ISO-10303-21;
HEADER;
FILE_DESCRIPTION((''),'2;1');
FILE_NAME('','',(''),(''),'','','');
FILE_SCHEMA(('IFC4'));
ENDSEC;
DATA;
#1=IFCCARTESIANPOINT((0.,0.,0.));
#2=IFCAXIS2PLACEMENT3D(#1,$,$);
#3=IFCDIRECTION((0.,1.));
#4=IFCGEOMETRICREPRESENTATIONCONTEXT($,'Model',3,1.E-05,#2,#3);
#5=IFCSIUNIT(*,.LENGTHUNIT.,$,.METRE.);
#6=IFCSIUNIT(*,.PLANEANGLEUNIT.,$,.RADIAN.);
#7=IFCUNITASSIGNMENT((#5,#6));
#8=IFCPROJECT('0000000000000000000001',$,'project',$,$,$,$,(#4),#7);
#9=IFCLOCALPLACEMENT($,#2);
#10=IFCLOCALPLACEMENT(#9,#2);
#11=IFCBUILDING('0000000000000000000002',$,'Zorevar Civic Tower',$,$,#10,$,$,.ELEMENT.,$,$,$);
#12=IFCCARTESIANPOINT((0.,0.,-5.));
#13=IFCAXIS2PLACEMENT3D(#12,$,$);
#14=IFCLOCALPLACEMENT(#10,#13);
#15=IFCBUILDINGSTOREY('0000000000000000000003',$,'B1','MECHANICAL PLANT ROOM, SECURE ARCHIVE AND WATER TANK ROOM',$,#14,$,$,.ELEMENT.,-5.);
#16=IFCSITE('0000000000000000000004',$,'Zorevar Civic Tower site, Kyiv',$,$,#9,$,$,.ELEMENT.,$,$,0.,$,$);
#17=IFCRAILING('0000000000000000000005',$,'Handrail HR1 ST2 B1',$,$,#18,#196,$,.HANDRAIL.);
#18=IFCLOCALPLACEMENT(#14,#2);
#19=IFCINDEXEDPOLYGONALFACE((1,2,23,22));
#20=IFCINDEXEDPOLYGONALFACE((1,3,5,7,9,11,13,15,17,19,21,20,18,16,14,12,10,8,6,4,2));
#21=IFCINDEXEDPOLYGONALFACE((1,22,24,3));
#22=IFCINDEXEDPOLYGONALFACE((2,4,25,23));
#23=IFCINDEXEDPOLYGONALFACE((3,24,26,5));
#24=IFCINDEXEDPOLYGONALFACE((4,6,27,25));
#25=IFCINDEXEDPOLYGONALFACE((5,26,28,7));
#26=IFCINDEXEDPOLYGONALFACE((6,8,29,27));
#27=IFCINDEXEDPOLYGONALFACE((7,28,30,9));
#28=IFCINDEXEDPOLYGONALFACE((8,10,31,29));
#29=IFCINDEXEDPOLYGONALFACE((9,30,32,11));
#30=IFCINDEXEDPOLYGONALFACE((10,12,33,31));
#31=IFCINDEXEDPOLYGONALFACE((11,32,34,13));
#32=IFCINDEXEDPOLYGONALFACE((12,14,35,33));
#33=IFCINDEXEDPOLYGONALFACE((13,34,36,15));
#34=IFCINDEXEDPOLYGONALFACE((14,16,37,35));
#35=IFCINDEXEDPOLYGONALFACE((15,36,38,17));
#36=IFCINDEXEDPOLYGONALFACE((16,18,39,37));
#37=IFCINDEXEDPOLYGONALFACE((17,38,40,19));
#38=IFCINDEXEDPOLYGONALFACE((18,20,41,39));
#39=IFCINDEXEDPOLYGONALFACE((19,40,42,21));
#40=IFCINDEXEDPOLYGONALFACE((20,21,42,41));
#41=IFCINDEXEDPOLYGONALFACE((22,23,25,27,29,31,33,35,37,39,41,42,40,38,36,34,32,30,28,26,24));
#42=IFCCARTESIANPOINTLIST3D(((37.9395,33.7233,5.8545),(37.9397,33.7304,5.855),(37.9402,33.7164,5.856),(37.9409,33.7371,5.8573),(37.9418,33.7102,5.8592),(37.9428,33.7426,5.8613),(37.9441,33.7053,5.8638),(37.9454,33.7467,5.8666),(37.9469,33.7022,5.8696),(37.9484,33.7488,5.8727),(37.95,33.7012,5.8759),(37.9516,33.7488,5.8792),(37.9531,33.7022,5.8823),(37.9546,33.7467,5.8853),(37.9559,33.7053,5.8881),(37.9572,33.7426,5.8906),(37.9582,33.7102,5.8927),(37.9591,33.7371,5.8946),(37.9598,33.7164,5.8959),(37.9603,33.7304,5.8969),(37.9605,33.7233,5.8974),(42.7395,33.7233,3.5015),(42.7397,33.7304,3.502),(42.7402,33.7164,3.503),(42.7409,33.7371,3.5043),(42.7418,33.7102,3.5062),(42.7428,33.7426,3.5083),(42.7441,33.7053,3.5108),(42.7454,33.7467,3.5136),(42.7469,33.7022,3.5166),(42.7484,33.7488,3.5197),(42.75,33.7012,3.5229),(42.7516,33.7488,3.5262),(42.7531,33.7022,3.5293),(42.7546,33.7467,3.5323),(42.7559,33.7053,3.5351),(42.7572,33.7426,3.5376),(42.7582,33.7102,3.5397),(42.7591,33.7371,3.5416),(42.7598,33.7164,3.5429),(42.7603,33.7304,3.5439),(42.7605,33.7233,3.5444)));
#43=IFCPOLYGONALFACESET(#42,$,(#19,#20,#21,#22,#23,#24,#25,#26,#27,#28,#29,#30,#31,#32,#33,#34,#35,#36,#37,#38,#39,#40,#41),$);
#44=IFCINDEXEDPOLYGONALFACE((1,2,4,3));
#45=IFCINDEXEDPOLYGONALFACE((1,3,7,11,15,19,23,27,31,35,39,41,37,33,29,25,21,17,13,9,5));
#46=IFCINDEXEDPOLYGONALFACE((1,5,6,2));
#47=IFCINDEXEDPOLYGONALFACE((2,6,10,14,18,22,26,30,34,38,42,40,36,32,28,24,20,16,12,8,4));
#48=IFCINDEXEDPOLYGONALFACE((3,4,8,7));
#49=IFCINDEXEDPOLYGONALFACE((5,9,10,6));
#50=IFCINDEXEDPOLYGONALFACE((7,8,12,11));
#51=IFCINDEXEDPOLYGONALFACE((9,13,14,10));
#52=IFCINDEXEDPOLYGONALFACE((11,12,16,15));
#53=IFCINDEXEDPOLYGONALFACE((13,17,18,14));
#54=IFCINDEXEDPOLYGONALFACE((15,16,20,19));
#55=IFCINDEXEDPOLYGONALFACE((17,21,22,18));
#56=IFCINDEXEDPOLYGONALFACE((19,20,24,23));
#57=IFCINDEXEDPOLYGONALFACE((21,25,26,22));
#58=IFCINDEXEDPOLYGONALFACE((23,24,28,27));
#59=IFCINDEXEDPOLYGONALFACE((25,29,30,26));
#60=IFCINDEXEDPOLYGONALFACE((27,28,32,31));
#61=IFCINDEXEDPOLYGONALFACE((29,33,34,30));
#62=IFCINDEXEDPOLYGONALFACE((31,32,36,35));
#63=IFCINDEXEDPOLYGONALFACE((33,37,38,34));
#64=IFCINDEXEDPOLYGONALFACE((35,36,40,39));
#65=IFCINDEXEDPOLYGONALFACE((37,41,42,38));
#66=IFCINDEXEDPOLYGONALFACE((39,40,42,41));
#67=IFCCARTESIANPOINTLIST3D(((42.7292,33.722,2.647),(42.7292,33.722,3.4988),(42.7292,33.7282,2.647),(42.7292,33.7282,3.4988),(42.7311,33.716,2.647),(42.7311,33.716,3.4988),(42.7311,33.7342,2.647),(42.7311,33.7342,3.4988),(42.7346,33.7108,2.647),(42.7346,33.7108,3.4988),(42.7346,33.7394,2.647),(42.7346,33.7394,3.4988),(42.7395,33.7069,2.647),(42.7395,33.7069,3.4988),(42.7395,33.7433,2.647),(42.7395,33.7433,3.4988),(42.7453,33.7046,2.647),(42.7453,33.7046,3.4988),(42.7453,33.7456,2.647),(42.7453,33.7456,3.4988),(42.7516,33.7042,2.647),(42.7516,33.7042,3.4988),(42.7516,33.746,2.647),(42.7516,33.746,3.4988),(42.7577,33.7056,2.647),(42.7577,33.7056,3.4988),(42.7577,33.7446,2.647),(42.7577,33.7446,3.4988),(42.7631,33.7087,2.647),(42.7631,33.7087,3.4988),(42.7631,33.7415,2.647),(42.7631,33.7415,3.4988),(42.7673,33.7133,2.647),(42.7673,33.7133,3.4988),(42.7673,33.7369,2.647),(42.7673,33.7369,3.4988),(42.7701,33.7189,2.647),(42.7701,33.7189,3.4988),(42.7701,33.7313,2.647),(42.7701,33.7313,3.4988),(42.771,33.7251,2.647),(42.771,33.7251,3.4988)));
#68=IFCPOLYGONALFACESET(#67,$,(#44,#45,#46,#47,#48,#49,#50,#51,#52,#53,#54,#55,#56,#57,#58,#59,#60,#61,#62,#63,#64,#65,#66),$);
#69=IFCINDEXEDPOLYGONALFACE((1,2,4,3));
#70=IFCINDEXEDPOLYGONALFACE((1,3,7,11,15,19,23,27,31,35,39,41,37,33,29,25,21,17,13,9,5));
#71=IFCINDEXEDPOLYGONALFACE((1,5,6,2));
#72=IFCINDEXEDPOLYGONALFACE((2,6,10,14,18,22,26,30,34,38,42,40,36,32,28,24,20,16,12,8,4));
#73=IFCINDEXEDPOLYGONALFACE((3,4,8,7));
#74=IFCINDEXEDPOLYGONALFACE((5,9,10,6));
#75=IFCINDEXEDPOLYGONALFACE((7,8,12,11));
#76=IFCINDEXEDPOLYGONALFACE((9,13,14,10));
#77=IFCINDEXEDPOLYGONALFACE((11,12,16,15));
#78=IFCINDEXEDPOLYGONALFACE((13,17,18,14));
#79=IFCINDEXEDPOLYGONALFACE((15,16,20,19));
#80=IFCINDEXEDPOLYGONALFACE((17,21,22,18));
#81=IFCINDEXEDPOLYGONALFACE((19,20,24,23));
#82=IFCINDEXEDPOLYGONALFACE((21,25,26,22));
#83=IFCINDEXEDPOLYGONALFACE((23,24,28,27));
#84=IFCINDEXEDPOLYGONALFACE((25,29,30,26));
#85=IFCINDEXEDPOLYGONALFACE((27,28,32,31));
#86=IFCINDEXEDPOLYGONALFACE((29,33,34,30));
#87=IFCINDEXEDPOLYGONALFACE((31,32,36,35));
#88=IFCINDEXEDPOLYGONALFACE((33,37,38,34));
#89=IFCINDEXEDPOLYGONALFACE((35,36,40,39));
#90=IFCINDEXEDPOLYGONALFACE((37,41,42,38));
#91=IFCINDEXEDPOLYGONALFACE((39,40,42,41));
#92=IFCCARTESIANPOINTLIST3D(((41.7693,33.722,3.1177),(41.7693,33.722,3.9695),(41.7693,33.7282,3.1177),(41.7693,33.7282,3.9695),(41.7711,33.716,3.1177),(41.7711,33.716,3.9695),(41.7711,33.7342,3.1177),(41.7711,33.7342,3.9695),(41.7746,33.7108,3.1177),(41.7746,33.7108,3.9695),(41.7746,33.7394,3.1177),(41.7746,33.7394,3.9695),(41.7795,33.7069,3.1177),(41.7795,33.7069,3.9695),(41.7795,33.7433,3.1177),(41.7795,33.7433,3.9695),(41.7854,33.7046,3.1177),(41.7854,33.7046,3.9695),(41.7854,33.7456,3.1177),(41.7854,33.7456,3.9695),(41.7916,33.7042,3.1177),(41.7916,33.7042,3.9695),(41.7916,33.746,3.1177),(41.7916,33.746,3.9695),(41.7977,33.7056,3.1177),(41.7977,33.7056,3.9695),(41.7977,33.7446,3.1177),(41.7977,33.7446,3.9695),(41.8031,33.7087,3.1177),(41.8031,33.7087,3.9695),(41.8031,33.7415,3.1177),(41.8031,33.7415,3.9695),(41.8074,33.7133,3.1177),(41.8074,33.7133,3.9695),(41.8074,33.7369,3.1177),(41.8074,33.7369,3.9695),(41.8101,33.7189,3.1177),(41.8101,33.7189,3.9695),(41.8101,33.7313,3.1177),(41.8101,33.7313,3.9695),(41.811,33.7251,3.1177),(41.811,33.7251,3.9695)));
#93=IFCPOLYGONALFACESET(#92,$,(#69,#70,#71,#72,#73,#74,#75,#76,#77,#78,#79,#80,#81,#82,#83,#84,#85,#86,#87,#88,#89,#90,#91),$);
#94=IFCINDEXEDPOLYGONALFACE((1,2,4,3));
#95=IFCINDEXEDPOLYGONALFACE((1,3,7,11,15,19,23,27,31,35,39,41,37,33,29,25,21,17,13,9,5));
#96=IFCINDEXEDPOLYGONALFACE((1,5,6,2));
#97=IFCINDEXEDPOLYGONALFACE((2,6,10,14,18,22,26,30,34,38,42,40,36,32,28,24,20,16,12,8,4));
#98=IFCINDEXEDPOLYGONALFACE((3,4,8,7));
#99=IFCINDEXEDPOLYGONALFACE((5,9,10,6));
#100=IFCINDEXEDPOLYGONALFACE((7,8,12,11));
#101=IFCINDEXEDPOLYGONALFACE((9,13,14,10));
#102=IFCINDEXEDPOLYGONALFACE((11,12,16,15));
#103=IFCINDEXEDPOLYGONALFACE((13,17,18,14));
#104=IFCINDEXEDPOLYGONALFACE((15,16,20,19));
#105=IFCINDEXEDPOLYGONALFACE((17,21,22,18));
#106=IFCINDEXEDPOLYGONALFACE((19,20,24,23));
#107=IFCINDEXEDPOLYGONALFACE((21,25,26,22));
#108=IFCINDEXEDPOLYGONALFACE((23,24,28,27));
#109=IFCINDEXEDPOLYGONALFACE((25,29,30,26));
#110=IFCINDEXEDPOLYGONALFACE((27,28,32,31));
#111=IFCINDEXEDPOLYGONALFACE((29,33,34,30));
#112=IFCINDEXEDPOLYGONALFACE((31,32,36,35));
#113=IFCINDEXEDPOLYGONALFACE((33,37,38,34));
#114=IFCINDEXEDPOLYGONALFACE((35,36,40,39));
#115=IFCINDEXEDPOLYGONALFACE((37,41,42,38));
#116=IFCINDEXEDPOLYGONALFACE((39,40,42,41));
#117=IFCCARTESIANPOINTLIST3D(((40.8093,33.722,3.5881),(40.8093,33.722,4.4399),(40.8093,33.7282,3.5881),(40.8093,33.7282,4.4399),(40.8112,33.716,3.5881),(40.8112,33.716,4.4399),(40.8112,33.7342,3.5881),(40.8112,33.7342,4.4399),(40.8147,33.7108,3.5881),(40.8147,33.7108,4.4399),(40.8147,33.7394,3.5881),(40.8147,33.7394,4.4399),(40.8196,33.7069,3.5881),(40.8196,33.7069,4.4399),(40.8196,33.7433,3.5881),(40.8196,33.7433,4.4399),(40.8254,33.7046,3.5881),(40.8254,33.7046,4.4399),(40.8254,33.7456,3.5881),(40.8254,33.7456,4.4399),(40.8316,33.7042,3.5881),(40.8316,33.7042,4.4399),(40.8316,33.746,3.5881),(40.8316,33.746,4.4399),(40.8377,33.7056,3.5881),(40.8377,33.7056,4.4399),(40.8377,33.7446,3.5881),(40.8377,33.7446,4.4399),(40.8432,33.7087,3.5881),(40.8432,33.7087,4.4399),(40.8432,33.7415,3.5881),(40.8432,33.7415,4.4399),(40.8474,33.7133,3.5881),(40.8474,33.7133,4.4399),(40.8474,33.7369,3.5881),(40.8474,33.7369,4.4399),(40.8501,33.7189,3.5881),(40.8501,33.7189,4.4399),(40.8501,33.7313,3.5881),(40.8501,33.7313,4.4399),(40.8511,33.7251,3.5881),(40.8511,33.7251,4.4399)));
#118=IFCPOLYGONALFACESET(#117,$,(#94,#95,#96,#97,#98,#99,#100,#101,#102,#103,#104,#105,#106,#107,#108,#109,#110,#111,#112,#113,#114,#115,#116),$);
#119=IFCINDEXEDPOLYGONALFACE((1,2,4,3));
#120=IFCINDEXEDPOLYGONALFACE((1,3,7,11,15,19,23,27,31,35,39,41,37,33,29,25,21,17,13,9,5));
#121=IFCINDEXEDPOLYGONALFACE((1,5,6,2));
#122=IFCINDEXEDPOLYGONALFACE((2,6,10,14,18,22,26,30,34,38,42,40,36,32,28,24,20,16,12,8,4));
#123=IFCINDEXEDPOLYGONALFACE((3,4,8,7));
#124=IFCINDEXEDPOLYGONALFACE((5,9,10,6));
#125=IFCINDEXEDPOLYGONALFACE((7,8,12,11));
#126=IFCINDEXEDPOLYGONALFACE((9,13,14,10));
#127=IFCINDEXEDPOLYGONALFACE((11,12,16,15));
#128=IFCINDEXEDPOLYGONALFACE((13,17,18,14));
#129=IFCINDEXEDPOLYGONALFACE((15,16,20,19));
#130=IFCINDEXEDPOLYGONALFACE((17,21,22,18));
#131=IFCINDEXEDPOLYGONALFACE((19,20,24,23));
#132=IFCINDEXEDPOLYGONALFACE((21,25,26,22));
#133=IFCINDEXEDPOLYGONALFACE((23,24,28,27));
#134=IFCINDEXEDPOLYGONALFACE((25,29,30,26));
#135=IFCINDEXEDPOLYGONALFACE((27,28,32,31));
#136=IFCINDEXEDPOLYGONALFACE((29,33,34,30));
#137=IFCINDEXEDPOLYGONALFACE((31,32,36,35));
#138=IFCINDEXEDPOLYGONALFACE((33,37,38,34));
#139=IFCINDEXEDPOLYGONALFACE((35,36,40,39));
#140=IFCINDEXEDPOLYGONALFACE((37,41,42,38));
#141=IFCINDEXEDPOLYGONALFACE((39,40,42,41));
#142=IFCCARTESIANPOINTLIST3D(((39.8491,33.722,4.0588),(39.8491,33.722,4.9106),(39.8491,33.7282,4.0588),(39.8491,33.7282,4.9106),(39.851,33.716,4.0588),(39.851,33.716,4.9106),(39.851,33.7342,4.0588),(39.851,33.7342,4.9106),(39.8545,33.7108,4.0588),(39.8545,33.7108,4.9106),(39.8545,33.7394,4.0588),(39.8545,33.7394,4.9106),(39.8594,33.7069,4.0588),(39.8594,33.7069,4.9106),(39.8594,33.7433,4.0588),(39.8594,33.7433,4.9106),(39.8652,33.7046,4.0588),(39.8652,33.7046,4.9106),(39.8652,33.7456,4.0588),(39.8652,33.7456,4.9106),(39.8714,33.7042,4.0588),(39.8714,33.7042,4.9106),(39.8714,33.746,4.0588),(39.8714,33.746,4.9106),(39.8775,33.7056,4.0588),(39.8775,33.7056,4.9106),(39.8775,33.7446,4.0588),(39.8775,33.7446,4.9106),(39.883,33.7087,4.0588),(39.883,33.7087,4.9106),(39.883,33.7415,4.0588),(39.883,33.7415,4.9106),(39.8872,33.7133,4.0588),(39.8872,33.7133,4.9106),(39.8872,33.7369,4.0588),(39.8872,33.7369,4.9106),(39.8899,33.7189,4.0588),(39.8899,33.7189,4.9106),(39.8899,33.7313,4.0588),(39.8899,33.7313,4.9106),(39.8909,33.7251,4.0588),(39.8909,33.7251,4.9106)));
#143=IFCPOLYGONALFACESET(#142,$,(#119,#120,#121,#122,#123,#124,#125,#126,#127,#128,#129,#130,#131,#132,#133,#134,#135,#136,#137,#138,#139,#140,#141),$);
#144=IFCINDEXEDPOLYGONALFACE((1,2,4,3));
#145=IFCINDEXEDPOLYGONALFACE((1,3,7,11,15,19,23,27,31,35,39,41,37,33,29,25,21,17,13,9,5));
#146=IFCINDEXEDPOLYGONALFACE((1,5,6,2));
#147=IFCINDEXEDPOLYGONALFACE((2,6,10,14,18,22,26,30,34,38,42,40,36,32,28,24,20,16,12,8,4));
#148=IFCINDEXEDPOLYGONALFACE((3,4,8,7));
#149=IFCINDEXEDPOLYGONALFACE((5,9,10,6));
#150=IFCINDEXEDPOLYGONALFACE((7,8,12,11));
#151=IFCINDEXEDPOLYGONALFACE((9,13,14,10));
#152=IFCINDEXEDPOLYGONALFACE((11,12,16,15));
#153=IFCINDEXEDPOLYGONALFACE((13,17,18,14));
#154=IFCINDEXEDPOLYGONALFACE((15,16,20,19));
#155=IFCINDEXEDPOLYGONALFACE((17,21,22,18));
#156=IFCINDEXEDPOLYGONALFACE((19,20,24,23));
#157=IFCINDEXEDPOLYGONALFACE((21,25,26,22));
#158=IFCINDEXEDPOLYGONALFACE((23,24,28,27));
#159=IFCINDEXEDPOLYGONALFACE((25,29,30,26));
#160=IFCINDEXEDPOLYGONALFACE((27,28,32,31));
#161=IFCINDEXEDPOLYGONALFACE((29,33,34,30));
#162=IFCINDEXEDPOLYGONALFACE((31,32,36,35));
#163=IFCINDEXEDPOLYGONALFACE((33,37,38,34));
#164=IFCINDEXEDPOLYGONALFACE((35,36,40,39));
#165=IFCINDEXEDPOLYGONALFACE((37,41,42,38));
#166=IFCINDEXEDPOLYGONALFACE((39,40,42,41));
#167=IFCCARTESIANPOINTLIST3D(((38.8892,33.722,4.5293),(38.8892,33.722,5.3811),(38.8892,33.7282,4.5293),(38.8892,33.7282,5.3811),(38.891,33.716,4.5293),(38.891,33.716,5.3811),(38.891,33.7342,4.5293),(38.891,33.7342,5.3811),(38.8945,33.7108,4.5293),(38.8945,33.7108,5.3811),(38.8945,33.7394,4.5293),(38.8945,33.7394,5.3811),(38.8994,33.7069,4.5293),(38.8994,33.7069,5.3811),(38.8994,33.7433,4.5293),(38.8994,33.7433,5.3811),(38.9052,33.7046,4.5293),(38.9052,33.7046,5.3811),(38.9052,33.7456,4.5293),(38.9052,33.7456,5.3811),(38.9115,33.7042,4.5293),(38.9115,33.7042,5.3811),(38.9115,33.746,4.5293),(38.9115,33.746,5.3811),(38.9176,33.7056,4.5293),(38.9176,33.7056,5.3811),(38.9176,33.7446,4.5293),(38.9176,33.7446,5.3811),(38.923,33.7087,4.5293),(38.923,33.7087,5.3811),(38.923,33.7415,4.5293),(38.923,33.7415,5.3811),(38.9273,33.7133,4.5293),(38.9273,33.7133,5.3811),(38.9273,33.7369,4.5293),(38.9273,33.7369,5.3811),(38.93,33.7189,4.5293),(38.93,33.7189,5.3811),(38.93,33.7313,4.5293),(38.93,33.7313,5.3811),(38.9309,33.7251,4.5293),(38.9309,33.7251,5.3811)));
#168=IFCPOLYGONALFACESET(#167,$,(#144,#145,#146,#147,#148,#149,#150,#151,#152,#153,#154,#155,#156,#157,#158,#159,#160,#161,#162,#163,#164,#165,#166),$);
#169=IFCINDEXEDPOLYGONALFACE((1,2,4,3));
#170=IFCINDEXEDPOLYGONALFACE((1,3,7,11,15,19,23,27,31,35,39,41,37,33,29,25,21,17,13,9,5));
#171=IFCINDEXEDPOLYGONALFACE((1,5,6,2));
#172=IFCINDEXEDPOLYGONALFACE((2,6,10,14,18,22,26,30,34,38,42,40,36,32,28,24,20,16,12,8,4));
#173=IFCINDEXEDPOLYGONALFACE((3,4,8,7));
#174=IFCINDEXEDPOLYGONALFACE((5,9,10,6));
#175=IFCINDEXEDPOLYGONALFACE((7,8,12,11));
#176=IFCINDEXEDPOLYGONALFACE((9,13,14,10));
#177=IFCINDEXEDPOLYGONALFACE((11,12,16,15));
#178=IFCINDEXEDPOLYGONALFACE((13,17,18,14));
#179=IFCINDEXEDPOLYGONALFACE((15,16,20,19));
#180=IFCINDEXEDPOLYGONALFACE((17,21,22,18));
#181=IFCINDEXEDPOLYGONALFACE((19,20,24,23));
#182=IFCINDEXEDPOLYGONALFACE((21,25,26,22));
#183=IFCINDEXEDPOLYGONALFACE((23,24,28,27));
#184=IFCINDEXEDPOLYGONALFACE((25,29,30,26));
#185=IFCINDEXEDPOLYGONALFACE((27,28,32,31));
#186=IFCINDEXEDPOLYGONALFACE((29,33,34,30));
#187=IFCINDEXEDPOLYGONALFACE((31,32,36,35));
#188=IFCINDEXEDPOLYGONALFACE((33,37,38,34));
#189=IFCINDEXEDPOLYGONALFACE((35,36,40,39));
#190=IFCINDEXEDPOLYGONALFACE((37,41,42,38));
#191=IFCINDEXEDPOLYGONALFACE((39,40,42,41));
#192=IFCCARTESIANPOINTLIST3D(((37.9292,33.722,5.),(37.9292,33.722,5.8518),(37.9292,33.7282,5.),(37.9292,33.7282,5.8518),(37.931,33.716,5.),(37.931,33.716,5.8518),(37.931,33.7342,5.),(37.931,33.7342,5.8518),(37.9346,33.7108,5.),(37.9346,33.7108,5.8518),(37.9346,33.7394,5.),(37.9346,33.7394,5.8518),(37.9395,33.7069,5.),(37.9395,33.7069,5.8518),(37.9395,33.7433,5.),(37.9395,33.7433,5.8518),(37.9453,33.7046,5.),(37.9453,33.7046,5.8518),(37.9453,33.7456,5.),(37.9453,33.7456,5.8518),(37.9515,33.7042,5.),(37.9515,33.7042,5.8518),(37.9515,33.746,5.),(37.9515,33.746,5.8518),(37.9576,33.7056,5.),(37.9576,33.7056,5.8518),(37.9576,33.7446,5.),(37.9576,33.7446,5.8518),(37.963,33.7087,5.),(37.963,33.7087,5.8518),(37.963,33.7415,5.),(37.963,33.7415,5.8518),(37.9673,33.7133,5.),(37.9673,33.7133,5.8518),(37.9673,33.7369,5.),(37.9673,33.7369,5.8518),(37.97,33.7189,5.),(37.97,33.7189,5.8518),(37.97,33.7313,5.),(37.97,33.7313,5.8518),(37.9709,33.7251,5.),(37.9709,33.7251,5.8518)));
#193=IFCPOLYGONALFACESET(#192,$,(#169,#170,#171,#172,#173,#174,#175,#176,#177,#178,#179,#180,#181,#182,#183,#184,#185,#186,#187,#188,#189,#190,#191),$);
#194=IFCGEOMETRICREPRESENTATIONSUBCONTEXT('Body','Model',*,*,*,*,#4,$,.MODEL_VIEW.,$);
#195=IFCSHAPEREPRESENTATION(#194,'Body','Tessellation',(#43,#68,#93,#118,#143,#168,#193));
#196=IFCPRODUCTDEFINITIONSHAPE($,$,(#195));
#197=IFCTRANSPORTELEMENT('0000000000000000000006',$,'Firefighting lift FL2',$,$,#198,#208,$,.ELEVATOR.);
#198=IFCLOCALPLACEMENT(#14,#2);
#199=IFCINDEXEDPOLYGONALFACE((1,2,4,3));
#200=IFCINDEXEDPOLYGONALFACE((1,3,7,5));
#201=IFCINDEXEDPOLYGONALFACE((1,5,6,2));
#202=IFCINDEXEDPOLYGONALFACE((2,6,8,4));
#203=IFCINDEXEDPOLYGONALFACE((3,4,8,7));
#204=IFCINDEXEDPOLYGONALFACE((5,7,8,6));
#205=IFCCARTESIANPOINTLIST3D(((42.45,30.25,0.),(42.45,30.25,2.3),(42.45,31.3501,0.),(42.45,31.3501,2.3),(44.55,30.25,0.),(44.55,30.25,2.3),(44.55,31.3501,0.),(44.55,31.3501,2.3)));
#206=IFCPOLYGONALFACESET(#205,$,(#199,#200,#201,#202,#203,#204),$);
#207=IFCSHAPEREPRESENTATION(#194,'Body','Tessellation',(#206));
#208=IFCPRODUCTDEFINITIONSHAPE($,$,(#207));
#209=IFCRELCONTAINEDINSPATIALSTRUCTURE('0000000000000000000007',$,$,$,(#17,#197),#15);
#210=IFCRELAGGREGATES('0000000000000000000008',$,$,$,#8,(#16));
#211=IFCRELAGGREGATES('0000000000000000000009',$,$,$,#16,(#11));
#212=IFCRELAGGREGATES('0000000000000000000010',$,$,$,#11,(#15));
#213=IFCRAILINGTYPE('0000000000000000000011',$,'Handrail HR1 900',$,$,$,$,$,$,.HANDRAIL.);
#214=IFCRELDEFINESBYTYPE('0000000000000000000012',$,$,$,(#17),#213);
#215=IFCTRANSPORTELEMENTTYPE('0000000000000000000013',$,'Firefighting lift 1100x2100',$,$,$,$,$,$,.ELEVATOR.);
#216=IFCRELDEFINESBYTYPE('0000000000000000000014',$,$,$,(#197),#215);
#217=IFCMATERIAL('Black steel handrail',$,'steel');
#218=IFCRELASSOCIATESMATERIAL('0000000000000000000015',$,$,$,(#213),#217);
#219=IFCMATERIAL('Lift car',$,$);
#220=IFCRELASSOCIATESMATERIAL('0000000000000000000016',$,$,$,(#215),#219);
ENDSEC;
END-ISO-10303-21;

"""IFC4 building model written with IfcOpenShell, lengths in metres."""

from ifc_helpers import new_model, si_unit, direction, frame, origin, origin_2d, place, context, subcontext, project, spatial, rectangle, circle, extrude, material, type_object, element, save


model = new_model("IFC4")

# Units and contexts
model_context = context("Model", 3, precision=1e-05, world=origin(), true_north=direction((0.0, 1.0)))
body_context = subcontext(model_context, "Body", "Model", "MODEL_VIEW")
ifc_project = project(units=[si_unit("LENGTHUNIT", "METRE"), si_unit("PLANEANGLEUNIT", "RADIAN")], contexts=[model_context])

# Site, building, storey
site_placement = place(None, origin())
site = spatial("IfcSite", under=ifc_project, at=site_placement, Name="Zorevar Civic Tower site, Kyiv", CompositionType="ELEMENT", RefElevation=0.0)
building_placement = place(site_placement, origin())
building = spatial("IfcBuilding", under=site, at=building_placement, Name="Zorevar Civic Tower", CompositionType="ELEMENT")
storey_placement = place(building_placement, frame((0.0, 0.0, -5.0)))
storey = spatial("IfcBuildingStorey", under=building, at=storey_placement, Name="B1", Description="MECHANICAL PLANT ROOM, SECURE ARCHIVE AND WATER TANK ROOM", CompositionType="ELEMENT", Elevation=-5.0)

# Railing
ifc_material_1 = material(Name="Black steel handrail", Category="steel")
railing_type = type_object("IfcRailingType", Name="Handrail HR1 900", PredefinedType="HANDRAIL", material=ifc_material_1)
railing_placement = place(storey_placement, frame((42.75, 33.7251, 2.647)))
element("IfcRailing", 1, at=railing_placement, inside=storey, type_object=railing_type, Name="Handrail HR1 ST2 B1", PredefinedType="HANDRAIL", context=body_context, shape_type="SweptSolid", body=[
    extrude(circle(Radius=0.0239, at=origin_2d()), frame((0.0, 0.0, 0.876), z_axis=(-0.897916, 0.0, 0.440167), x_axis=(0.0, -1.0, 0.0)), (0.0, 0.0, 1.0), 5.3457),
    extrude(circle(Radius=0.021, at=origin_2d()), origin(), (0.0, 0.0, 1.0), 0.8518),
    extrude(circle(Radius=0.021, at=origin_2d()), frame((-0.96, 0.0, 0.4707)), (0.0, 0.0, 1.0), 0.8518),
    extrude(circle(Radius=0.021, at=origin_2d()), frame((-1.9199, 0.0, 0.9412)), (0.0, 0.0, 1.0), 0.8518),
    extrude(circle(Radius=0.021, at=origin_2d()), frame((-2.8801, 0.0, 1.4119)), (0.0, 0.0, 1.0), 0.8518),
    extrude(circle(Radius=0.021, at=origin_2d()), frame((-3.8401, 0.0, 1.8823)), (0.0, 0.0, 1.0), 0.8518),
    extrude(circle(Radius=0.021, at=origin_2d()), frame((-4.8, 0.0, 2.353)), (0.0, 0.0, 1.0), 0.8518),
])

# Transport element
ifc_material_2 = material(Name="Lift car")
transport_element_type = type_object("IfcTransportElementType", Name="Firefighting lift 1100x2100", PredefinedType="ELEVATOR", material=ifc_material_2)
transport_element_placement = place(storey_placement, frame((43.5, 30.8, 0.0), z_axis=(0.0, 0.0, 1.0), x_axis=(1.0, 0.0, 0.0)))
element("IfcTransportElement", 2, at=transport_element_placement, inside=storey, type_object=transport_element_type, Name="Firefighting lift FL2", PredefinedType="ELEVATOR", context=body_context, shape_type="SweptSolid", body=[
    extrude(rectangle(XDim=2.1001, YDim=1.1001, at=origin_2d()), origin(), (0.0, 0.0, 1.0), 2.3),
])

save(model, "model.ifc")
